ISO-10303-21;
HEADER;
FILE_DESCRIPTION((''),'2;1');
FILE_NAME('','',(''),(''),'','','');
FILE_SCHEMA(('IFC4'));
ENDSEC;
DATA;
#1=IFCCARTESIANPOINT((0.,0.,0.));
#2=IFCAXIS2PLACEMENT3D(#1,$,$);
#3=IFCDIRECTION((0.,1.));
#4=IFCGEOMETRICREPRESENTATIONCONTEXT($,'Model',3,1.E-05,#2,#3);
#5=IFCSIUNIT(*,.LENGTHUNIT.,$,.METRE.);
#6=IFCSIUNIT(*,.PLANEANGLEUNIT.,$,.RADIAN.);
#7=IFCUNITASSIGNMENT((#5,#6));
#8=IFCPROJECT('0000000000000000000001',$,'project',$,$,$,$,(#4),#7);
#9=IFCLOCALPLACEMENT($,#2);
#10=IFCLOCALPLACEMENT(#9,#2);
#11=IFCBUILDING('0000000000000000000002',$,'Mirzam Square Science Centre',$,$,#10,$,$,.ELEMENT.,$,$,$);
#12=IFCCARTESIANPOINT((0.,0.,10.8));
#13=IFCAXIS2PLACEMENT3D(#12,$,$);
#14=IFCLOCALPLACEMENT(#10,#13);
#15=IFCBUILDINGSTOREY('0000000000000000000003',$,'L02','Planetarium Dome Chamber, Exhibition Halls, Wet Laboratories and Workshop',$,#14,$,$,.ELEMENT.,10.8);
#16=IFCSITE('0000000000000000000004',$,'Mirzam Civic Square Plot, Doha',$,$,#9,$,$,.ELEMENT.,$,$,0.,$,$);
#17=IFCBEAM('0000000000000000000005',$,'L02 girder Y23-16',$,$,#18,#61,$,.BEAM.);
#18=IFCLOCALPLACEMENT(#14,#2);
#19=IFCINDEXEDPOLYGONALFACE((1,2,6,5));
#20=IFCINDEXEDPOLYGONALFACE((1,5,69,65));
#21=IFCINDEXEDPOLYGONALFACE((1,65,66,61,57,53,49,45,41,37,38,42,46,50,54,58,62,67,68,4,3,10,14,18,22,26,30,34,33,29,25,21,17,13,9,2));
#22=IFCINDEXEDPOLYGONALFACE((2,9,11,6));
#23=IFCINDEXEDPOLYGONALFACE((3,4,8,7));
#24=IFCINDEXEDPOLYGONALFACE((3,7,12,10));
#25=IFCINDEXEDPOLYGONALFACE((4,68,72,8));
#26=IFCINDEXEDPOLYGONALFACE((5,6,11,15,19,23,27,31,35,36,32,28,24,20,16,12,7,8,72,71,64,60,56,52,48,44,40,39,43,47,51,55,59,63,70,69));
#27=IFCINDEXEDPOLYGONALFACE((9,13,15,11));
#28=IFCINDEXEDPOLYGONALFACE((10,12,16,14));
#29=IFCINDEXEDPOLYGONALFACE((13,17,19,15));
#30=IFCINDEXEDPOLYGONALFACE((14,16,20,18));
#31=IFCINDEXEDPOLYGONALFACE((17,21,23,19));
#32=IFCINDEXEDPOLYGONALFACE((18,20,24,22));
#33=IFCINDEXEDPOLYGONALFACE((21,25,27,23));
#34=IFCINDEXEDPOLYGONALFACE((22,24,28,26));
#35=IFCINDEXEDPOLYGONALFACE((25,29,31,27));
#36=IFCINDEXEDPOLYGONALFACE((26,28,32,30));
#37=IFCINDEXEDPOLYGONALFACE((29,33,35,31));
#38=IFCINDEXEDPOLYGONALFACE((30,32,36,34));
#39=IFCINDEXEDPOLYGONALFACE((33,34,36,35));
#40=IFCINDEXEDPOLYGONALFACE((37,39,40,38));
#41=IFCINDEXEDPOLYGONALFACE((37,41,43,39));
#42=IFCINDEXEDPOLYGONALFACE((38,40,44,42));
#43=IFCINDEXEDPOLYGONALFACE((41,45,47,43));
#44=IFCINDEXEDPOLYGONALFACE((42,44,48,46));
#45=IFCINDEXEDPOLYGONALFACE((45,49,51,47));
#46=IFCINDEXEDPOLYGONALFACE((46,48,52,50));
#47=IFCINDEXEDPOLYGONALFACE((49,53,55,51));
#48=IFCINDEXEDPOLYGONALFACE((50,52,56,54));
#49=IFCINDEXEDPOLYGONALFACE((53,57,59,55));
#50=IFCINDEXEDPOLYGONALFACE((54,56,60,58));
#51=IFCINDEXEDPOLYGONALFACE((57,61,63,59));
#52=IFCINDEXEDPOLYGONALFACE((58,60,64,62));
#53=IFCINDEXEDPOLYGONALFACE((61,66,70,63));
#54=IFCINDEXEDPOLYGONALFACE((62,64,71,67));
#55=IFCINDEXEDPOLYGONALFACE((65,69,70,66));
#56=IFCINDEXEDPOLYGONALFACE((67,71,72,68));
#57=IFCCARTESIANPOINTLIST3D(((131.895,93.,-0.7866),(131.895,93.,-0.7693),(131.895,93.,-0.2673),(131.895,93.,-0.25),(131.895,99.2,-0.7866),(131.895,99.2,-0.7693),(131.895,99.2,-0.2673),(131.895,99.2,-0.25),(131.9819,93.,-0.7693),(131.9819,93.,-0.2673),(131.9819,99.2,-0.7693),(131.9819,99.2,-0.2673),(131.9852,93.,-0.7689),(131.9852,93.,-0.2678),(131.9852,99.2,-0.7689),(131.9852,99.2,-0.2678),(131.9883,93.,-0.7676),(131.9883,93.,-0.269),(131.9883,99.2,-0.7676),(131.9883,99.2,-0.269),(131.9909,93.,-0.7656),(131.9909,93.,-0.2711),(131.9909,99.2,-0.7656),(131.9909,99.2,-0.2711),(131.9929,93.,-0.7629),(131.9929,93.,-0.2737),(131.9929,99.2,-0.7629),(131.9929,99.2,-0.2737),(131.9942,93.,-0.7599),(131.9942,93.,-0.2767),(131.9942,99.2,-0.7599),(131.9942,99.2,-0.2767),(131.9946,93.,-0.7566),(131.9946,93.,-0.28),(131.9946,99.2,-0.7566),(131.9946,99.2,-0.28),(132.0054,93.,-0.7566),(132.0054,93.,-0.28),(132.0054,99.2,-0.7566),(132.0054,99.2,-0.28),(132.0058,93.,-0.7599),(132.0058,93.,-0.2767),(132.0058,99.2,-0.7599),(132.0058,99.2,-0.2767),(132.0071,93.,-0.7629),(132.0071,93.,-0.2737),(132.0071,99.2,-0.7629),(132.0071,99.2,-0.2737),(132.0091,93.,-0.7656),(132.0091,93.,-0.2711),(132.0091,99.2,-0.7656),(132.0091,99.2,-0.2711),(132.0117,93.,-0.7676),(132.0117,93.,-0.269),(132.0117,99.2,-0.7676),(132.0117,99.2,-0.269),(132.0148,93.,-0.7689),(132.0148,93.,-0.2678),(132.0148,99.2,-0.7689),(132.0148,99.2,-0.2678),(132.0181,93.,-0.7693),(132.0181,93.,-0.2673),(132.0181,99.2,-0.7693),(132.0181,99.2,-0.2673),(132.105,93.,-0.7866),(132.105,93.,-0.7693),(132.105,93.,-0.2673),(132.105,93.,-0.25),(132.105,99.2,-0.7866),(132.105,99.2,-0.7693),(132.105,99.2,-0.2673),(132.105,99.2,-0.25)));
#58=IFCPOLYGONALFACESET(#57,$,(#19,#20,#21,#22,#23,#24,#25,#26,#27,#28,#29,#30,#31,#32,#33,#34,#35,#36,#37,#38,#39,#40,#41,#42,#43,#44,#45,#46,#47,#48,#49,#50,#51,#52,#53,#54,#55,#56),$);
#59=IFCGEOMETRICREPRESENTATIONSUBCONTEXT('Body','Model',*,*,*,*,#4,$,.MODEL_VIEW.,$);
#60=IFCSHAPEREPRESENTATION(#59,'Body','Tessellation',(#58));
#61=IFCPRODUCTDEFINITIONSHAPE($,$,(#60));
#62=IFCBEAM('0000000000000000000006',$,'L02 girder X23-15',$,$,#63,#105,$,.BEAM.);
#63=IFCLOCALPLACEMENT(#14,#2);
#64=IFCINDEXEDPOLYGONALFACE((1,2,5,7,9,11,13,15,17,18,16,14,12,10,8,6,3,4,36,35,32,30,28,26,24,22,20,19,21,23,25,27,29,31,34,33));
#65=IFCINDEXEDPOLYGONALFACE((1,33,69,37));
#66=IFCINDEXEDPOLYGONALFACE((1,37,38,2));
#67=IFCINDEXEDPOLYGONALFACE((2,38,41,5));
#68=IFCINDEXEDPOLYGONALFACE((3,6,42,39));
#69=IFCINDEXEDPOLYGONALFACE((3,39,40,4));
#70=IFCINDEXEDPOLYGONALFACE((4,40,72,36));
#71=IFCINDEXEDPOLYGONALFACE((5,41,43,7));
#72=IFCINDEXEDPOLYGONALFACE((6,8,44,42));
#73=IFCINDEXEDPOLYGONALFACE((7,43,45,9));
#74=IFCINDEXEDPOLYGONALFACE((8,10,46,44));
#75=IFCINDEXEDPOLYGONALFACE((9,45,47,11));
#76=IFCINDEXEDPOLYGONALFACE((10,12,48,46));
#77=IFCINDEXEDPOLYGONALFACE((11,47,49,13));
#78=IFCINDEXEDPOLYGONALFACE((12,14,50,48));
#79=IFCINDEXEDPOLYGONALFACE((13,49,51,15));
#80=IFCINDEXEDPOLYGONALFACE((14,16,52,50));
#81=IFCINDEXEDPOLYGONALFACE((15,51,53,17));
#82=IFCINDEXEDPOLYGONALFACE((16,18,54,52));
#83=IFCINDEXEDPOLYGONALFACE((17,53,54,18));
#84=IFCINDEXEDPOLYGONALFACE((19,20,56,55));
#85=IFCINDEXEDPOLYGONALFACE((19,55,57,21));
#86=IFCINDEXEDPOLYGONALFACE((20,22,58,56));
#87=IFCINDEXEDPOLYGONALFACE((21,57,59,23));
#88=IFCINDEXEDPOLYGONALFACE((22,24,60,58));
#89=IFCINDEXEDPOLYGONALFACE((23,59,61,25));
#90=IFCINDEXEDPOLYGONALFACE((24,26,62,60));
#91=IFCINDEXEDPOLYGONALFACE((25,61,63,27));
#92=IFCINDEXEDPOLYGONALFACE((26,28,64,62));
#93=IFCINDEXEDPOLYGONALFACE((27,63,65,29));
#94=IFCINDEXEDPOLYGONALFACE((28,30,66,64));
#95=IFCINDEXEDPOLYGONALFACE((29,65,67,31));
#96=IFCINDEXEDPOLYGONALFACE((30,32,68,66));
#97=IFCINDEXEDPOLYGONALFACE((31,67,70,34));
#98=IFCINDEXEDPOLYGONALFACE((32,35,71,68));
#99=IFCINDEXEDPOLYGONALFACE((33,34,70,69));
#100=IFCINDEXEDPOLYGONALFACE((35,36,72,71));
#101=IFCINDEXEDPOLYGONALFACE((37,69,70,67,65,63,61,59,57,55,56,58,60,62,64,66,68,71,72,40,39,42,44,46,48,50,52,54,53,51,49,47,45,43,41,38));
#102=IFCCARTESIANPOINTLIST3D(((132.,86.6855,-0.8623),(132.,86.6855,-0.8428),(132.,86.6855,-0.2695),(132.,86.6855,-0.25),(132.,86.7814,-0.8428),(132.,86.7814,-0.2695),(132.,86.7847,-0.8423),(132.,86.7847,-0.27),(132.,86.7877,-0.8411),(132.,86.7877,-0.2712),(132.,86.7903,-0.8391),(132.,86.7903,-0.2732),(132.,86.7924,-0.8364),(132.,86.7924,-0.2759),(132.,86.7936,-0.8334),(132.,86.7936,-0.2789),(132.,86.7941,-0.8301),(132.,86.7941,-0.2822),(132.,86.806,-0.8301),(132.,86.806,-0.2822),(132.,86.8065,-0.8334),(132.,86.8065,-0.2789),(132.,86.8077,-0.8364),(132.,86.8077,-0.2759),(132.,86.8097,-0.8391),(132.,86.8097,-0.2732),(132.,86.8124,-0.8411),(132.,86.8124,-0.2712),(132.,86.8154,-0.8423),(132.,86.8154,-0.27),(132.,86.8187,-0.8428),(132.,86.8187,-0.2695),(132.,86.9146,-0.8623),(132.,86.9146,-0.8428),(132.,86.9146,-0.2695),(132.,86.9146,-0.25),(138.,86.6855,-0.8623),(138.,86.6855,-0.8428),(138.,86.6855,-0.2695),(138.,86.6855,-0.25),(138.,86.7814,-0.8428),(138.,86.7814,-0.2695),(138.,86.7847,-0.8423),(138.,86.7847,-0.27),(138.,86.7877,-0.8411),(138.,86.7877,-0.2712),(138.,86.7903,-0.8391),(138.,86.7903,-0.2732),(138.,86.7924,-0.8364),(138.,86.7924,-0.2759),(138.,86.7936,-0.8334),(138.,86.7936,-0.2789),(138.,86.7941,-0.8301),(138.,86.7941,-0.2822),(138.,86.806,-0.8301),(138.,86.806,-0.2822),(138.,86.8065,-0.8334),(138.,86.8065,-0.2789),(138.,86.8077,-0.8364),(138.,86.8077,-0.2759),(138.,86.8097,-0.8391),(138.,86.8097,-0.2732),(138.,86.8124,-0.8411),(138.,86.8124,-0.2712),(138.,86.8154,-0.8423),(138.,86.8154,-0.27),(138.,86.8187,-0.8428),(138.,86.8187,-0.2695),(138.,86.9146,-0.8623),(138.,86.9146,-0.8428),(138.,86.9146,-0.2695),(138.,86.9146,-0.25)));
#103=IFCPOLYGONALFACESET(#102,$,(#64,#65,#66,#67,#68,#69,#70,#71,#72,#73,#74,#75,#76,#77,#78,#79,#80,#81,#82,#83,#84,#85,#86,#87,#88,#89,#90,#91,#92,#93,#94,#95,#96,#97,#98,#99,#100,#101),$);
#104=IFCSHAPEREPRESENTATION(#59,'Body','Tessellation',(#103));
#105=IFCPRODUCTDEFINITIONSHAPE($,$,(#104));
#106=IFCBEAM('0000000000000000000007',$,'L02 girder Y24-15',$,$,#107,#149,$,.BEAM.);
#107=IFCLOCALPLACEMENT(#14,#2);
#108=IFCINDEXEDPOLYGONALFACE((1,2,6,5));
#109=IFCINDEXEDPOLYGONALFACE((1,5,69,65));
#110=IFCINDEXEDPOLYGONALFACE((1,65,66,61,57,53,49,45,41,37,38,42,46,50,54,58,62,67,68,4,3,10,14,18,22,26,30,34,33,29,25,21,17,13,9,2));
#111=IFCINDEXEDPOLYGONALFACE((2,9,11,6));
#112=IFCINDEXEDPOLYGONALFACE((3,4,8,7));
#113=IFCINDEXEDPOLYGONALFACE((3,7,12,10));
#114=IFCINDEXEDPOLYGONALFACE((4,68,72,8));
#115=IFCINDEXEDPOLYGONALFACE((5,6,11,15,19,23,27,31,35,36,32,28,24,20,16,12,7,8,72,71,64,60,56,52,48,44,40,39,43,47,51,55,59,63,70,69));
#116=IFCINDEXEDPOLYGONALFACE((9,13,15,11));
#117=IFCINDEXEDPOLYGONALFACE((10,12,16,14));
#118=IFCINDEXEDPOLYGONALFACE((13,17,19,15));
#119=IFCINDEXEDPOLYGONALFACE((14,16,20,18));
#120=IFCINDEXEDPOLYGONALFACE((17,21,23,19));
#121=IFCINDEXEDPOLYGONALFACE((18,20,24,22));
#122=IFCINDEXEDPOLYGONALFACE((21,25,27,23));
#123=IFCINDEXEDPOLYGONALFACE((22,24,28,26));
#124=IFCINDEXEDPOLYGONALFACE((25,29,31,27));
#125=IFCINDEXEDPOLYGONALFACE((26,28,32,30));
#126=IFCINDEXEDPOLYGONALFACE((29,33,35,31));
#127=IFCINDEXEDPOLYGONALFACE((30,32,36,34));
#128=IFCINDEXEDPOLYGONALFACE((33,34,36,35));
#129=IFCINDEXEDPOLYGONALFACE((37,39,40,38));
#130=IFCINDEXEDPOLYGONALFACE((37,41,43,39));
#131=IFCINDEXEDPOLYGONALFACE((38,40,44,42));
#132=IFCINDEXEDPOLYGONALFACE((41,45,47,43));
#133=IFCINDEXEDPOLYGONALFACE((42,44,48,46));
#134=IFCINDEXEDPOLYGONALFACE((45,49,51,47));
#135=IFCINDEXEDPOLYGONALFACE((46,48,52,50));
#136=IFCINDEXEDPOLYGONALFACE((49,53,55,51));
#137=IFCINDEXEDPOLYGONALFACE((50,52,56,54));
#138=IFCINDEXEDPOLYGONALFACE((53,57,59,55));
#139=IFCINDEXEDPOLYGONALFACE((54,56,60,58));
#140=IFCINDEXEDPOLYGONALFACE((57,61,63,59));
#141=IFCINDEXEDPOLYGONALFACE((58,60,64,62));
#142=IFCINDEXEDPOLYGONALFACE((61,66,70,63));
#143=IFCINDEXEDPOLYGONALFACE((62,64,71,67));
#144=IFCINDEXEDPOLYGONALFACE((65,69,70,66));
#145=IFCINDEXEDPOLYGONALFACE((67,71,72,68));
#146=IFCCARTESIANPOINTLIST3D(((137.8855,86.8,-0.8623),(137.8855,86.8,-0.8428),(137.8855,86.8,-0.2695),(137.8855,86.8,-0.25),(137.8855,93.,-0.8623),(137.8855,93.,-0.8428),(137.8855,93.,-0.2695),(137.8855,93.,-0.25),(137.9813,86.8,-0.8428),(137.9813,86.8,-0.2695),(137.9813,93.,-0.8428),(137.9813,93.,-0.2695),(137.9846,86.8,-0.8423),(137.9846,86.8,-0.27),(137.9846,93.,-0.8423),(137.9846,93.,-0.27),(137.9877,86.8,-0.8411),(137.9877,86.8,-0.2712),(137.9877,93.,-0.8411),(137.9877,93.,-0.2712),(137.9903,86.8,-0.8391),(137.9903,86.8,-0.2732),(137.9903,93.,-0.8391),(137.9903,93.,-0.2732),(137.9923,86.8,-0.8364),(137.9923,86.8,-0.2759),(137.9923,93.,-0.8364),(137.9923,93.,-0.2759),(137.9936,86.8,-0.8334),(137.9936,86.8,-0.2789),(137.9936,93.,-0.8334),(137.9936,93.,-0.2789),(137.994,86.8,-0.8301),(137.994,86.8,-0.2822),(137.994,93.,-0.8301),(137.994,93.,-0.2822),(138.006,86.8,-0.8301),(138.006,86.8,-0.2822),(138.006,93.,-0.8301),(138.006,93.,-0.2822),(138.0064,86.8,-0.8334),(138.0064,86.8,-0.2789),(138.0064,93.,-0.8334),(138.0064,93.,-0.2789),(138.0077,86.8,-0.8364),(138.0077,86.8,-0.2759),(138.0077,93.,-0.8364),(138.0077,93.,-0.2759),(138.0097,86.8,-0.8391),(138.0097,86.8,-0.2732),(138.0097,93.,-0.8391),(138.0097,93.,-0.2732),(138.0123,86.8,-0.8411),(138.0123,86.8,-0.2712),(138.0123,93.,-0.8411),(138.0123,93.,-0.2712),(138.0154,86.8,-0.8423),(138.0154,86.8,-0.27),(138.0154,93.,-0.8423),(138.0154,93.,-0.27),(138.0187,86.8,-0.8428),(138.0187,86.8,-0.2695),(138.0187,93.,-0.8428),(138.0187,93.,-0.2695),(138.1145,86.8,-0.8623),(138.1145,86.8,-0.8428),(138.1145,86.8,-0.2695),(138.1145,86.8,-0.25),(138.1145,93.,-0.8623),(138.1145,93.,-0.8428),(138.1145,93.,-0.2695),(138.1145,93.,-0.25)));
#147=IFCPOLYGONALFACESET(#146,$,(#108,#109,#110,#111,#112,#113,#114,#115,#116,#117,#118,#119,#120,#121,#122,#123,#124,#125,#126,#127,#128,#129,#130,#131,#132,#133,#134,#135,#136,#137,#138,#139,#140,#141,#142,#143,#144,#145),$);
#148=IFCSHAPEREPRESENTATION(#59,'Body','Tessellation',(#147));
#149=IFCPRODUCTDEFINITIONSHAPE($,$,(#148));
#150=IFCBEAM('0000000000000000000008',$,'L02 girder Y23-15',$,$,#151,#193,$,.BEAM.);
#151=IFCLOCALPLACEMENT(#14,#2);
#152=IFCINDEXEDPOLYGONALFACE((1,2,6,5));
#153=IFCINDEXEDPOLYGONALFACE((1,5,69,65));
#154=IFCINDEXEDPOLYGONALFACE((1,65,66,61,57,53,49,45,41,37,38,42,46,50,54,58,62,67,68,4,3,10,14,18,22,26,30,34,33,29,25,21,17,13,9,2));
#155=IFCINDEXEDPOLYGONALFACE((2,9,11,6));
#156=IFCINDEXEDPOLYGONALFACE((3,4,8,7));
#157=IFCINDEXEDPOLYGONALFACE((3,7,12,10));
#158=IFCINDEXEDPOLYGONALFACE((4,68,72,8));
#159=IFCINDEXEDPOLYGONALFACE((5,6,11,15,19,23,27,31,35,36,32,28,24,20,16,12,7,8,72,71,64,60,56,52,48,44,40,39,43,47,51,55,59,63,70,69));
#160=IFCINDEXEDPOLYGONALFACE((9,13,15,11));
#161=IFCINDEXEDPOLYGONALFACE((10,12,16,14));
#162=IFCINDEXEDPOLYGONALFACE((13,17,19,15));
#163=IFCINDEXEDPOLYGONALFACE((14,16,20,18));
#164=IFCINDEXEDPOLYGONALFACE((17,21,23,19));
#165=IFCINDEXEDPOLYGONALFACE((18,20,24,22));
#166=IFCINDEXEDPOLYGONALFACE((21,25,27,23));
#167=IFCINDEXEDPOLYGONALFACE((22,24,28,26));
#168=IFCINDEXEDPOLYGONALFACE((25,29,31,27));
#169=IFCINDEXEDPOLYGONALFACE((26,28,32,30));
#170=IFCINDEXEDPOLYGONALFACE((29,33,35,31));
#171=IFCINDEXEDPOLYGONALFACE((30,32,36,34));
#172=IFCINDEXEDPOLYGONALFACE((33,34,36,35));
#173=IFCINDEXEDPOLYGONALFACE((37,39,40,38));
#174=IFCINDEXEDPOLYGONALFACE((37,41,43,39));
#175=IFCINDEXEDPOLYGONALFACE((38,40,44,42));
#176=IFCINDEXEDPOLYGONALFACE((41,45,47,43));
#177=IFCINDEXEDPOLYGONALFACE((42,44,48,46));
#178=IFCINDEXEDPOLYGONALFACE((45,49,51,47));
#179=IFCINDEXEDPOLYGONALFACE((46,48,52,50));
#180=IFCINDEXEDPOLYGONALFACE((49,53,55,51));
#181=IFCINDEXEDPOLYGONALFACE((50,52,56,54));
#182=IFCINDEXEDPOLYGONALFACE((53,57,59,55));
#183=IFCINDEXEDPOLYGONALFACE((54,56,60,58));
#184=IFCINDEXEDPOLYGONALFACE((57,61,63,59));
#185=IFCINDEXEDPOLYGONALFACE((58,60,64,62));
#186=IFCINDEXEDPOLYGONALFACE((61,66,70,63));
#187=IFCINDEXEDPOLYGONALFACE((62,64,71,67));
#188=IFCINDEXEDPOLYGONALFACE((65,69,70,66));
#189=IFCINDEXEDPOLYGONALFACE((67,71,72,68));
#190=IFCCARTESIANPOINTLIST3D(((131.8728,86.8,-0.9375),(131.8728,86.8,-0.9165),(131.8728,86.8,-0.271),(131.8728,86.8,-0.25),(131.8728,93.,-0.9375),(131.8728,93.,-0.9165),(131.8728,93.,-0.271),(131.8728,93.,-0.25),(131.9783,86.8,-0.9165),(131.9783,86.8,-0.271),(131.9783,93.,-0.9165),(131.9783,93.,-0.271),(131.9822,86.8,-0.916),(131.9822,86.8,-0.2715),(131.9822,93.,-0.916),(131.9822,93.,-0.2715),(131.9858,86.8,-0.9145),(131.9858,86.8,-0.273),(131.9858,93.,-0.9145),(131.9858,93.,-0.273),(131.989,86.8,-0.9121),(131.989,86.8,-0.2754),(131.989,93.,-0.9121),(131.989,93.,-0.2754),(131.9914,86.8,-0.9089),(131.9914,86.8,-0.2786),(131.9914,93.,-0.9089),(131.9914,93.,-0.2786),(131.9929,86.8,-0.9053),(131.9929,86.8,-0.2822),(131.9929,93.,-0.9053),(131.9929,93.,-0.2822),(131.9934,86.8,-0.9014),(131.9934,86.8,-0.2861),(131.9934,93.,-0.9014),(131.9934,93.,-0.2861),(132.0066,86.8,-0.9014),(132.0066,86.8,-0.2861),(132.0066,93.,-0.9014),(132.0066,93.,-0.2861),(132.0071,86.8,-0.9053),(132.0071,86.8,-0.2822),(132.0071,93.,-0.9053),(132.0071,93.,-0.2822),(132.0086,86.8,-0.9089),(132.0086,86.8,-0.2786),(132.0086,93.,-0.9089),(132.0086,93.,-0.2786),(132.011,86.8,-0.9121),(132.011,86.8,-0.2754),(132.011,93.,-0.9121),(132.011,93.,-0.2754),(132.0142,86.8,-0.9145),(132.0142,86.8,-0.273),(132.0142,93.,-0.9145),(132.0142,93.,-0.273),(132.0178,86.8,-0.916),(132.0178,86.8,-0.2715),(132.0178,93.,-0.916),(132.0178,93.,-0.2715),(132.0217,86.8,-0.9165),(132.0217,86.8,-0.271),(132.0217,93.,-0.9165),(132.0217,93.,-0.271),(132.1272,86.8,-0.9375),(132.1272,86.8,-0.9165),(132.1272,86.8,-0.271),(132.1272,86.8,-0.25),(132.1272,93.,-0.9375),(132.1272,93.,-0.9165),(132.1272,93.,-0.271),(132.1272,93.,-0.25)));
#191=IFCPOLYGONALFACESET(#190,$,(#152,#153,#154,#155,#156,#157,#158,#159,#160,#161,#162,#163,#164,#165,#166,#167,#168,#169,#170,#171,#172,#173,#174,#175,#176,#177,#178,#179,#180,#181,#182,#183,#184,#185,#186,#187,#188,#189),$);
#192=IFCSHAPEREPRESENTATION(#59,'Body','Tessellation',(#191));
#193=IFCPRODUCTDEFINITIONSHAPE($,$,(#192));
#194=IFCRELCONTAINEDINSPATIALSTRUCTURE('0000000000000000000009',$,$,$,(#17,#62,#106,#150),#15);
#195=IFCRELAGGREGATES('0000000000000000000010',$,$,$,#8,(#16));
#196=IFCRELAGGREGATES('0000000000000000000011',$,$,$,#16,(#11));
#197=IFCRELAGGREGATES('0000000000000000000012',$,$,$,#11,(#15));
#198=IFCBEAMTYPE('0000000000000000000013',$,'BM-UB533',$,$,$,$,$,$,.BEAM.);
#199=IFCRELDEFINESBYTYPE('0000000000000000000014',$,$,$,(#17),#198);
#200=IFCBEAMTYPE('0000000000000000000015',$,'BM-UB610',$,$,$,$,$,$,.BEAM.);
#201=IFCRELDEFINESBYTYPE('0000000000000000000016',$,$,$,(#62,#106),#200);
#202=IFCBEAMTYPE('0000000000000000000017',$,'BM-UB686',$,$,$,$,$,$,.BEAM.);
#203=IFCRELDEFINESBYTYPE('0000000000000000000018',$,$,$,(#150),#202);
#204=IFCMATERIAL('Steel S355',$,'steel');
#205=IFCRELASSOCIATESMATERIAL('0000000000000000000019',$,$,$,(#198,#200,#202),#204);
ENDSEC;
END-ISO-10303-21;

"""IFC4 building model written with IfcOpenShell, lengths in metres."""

from ifc_helpers import new_model, si_unit, direction, frame, origin, origin_2d, place, context, subcontext, project, spatial, i_section, extrude, material, material_profile, profile_set, type_object, element, save


model = new_model("IFC4")

# Units and contexts
model_context = context("Model", 3, precision=1e-05, world=origin(), true_north=direction((0.0, 1.0)))
body_context = subcontext(model_context, "Body", "Model", "MODEL_VIEW")
ifc_project = project(units=[si_unit("LENGTHUNIT", "METRE"), si_unit("PLANEANGLEUNIT", "RADIAN")], contexts=[model_context])

# Site, building, storey
site_placement = place(None, origin())
site = spatial("IfcSite", under=ifc_project, at=site_placement, Name="Mirzam Civic Square Plot, Doha", CompositionType="ELEMENT", RefElevation=0.0)
building_placement = place(site_placement, origin())
building = spatial("IfcBuilding", under=site, at=building_placement, Name="Mirzam Square Science Centre", CompositionType="ELEMENT")
storey_placement = place(building_placement, frame((0.0, 0.0, 10.8)))
storey = spatial("IfcBuildingStorey", under=building, at=storey_placement, Name="L02", Description="Planetarium Dome Chamber, Exhibition Halls, Wet Laboratories and Workshop", CompositionType="ELEMENT", Elevation=10.8)

# Shared definitions
ifc_material_1 = material(Name="Steel S355", Category="steel")

# Beams
ifc_material_profile_1 = material_profile(ifc_material_1, i_section(OverallWidth=0.21, OverallDepth=0.5366, WebThickness=0.0107, FlangeThickness=0.0173, FilletRadius=0.0127, at=origin_2d()), Name="533x210x101UB")
ifc_profile_set_1 = profile_set([ifc_material_profile_1], Name="Steel S355")
beam_type_1 = type_object("IfcBeamType", Name="BM-UB533", PredefinedType="BEAM", material=ifc_profile_set_1)
beam_1_placement = place(storey_placement, frame((132.0, 93.0, -0.5183), z_axis=(0.0, 1.0, 0.0), x_axis=(-1.0, 0.0, 0.0)))
element("IfcBeam", 1, at=beam_1_placement, inside=storey, type_object=beam_type_1, Name="L02 girder Y23-16", PredefinedType="BEAM", context=body_context, shape_type="SweptSolid", body=[
    extrude(i_section(OverallWidth=0.21, OverallDepth=0.5366, WebThickness=0.0107, FlangeThickness=0.0173, FilletRadius=0.0127, at=origin_2d()), origin(), (0.0, 0.0, 1.0), 6.2),
])
ifc_material_profile_2 = material_profile(ifc_material_1, i_section(OverallWidth=0.229, OverallDepth=0.6123, WebThickness=0.012, FlangeThickness=0.0195, FilletRadius=0.0127, at=origin_2d()), Name="610x229x125UB")
ifc_profile_set_2 = profile_set([ifc_material_profile_2], Name="Steel S355")
beam_type_2 = type_object("IfcBeamType", Name="BM-UB610", PredefinedType="BEAM", material=ifc_profile_set_2)
beam_2_placement = place(storey_placement, frame((132.0, 86.8, -0.5562), z_axis=(1.0, 0.0, 0.0), x_axis=(0.0, 1.0, 0.0)))
element("IfcBeam", 2, at=beam_2_placement, inside=storey, type_object=beam_type_2, Name="L02 girder X23-15", PredefinedType="BEAM", context=body_context, shape_type="SweptSolid", body=[
    extrude(i_section(OverallWidth=0.229, OverallDepth=0.6123, WebThickness=0.012, FlangeThickness=0.0195, FilletRadius=0.0127, at=origin_2d()), origin(), (0.0, 0.0, 1.0), 6.0),
])
beam_3_placement = place(storey_placement, frame((138.0, 86.8, -0.5562), z_axis=(0.0, 1.0, 0.0), x_axis=(-1.0, 0.0, 0.0)))
element("IfcBeam", 3, at=beam_3_placement, inside=storey, type_object=beam_type_2, Name="L02 girder Y24-15", PredefinedType="BEAM", context=body_context, shape_type="SweptSolid", body=[
    extrude(i_section(OverallWidth=0.229, OverallDepth=0.6123, WebThickness=0.012, FlangeThickness=0.0195, FilletRadius=0.0127, at=origin_2d()), origin(), (0.0, 0.0, 1.0), 6.2),
])
ifc_material_profile_3 = material_profile(ifc_material_1, i_section(OverallWidth=0.2544, OverallDepth=0.6875, WebThickness=0.0132, FlangeThickness=0.021, FilletRadius=0.0151, at=origin_2d()), Name="686x254x152UB")
ifc_profile_set_3 = profile_set([ifc_material_profile_3], Name="Steel S355")
beam_type_3 = type_object("IfcBeamType", Name="BM-UB686", PredefinedType="BEAM", material=ifc_profile_set_3)
beam_4_placement = place(storey_placement, frame((132.0, 86.8, -0.5938), z_axis=(0.0, 1.0, 0.0), x_axis=(-1.0, 0.0, 0.0)))
element("IfcBeam", 4, at=beam_4_placement, inside=storey, type_object=beam_type_3, Name="L02 girder Y23-15", PredefinedType="BEAM", context=body_context, shape_type="SweptSolid", body=[
    extrude(i_section(OverallWidth=0.2544, OverallDepth=0.6875, WebThickness=0.0132, FlangeThickness=0.021, FilletRadius=0.0151, at=origin_2d()), origin(), (0.0, 0.0, 1.0), 6.2),
])

save(model, "model.ifc")
